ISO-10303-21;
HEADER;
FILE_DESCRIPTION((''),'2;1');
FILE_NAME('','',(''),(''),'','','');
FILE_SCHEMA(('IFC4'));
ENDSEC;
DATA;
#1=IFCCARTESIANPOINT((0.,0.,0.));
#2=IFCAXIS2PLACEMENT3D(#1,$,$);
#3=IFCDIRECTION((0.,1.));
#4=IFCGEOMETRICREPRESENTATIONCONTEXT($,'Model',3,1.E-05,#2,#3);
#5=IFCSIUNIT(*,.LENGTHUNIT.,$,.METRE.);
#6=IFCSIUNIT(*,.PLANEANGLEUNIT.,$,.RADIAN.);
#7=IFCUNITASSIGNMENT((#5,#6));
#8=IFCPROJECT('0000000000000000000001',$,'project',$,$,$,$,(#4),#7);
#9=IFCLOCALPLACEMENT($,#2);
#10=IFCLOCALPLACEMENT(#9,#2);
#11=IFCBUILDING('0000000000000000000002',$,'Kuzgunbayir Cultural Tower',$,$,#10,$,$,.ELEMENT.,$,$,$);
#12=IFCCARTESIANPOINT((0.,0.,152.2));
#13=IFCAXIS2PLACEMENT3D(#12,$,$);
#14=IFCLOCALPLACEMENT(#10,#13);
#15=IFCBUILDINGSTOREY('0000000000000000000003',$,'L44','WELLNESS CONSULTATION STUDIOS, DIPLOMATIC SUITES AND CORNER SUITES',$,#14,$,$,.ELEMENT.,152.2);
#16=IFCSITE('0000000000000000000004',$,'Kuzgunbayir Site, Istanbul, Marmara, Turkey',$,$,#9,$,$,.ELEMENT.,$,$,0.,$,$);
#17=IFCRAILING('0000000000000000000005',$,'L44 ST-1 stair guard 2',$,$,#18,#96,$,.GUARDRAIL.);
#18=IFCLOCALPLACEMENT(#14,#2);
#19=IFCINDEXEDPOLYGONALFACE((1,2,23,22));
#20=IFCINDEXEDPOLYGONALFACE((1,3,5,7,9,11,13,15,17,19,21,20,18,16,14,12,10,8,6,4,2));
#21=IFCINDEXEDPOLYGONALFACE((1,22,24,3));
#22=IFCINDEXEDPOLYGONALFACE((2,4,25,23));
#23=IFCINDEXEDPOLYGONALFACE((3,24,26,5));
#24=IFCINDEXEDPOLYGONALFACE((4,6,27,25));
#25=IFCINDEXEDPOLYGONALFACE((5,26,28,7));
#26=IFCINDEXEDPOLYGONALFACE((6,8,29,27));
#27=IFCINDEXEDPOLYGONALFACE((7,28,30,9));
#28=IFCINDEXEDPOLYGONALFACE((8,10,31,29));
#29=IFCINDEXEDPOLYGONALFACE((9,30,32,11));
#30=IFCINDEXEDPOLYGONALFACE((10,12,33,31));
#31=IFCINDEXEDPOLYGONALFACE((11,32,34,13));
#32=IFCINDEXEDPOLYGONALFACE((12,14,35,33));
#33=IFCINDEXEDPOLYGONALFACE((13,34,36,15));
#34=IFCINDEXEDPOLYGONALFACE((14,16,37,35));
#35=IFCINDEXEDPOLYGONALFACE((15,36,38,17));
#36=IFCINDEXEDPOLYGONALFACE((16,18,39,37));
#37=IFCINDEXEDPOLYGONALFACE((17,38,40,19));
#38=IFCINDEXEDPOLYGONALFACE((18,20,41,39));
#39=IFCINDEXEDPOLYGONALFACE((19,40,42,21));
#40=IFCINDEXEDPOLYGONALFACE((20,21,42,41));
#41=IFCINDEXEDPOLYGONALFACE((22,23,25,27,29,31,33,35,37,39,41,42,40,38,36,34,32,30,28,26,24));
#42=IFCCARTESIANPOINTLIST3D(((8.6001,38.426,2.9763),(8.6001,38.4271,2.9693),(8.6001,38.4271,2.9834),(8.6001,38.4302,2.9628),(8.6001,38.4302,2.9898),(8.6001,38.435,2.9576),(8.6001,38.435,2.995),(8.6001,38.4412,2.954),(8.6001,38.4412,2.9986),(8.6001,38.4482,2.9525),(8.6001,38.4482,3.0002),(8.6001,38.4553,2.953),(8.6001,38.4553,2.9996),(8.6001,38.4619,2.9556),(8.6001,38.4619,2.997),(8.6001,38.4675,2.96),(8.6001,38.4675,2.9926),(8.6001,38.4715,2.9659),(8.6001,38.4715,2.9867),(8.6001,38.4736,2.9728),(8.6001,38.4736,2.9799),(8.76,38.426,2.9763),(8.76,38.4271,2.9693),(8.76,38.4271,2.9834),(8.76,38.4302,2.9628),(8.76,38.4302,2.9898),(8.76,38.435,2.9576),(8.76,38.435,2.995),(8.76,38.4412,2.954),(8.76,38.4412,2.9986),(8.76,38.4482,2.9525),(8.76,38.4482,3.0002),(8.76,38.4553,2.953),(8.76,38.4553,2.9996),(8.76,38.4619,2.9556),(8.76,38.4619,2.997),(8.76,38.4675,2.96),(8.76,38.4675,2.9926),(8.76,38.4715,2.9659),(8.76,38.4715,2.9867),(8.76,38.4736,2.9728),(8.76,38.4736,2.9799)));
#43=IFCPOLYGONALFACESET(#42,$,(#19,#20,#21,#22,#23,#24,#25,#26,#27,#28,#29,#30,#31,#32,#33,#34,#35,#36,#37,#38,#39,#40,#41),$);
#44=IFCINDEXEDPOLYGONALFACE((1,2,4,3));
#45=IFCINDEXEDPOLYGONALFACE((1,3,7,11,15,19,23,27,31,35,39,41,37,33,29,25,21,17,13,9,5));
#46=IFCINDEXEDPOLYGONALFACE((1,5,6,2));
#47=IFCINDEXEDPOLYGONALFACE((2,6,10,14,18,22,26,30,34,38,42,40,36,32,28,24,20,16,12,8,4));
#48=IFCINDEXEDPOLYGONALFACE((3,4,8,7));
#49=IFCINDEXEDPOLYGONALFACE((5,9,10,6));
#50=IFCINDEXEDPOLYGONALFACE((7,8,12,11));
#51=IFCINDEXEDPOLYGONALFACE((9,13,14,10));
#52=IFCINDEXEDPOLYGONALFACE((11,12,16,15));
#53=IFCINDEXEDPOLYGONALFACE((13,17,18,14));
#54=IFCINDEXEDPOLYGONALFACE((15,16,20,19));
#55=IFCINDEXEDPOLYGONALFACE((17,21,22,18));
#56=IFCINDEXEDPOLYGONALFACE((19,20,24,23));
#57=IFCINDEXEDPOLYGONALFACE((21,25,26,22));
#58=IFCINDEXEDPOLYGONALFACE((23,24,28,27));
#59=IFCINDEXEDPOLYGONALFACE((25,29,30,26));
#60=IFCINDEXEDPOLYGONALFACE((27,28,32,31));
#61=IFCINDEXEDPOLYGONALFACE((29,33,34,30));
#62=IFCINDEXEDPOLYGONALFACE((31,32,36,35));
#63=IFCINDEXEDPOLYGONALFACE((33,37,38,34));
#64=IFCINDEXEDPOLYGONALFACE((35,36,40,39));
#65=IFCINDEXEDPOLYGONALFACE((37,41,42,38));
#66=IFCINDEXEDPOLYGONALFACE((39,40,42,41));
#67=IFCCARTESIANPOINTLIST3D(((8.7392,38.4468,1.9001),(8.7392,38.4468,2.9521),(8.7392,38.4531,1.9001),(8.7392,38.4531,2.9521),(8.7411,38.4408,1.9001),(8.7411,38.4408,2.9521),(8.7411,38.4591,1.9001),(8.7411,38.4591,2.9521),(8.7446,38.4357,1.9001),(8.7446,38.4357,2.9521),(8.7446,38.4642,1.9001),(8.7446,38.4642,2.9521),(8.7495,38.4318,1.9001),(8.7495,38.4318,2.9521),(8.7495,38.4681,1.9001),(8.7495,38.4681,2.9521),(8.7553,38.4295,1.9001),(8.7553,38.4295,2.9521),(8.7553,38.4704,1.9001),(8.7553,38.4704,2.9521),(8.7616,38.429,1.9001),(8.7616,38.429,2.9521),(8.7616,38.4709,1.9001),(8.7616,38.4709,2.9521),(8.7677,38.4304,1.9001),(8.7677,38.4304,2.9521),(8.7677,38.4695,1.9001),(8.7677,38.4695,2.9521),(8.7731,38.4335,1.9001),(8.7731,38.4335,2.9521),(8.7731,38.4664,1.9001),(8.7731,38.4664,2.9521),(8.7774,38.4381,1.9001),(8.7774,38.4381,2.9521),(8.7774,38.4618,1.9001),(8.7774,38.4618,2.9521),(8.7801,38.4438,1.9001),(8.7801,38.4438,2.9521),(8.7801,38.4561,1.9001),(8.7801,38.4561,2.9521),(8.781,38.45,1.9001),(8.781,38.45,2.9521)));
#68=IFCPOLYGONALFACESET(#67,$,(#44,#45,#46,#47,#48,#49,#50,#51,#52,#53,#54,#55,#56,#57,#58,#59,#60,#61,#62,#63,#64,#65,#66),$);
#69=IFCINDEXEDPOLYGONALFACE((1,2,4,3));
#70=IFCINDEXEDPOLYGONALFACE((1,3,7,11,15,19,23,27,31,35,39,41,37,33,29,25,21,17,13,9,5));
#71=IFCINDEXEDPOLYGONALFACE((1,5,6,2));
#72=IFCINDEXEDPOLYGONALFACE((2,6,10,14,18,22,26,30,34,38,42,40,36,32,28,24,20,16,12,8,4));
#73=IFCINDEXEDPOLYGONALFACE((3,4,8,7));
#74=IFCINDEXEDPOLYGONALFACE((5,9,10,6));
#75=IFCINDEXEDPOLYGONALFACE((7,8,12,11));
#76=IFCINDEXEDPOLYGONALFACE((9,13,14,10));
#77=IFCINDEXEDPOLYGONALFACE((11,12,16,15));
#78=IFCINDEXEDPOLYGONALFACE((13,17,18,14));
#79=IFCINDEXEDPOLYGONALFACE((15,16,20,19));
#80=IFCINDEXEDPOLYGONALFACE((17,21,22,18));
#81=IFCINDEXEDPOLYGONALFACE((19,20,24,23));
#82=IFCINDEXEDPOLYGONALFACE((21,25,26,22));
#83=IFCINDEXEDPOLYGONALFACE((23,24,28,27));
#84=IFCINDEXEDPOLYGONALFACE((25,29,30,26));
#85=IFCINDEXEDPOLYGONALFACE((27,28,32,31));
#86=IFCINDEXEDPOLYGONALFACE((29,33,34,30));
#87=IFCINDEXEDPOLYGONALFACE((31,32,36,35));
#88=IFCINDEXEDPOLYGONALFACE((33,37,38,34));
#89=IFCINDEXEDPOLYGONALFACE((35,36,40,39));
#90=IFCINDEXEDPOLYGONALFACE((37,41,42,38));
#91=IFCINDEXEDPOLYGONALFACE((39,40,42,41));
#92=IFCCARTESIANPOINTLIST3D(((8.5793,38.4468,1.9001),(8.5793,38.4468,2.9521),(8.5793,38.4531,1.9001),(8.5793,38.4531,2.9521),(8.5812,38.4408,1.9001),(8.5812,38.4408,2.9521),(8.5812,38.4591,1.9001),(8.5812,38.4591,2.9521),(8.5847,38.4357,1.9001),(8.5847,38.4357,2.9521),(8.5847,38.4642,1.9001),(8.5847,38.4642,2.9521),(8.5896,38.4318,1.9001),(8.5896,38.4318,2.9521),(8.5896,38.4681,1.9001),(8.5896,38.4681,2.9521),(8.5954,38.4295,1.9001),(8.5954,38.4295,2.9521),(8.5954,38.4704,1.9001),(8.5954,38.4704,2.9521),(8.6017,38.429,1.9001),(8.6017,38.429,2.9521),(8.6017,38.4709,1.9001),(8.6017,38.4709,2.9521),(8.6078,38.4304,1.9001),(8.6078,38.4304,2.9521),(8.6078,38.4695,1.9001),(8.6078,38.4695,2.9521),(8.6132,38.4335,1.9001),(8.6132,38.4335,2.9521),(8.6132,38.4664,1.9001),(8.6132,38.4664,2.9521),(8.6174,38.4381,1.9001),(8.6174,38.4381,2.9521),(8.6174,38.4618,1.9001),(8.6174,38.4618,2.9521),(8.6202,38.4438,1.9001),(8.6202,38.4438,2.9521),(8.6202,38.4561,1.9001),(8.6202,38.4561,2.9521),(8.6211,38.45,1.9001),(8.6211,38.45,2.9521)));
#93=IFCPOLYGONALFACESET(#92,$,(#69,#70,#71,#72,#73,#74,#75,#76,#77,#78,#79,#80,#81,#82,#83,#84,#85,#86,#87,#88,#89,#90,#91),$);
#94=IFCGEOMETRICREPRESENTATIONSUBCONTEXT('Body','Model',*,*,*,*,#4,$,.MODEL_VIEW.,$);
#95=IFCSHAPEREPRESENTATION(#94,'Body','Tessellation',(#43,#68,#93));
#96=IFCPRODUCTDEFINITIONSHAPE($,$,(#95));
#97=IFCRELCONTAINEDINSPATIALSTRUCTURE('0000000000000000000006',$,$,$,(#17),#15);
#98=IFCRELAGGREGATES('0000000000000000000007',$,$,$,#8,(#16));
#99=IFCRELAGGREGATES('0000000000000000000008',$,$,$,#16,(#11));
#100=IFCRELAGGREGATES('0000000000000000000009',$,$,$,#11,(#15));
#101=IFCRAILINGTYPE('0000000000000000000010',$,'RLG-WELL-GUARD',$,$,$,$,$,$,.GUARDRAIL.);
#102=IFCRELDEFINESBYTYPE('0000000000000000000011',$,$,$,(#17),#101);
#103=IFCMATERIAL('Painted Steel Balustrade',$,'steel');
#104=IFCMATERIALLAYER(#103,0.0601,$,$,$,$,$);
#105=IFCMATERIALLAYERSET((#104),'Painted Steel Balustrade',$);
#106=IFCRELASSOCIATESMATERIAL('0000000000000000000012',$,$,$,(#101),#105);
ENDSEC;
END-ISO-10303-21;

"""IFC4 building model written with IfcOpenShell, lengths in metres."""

from ifc_helpers import new_model, si_unit, direction, frame, origin, origin_2d, place, context, subcontext, project, spatial, circle, extrude, material, layer, layer_set, type_object, element, save


model = new_model("IFC4")

# Units and contexts
model_context = context("Model", 3, precision=1e-05, world=origin(), true_north=direction((0.0, 1.0)))
body_context = subcontext(model_context, "Body", "Model", "MODEL_VIEW")
ifc_project = project(units=[si_unit("LENGTHUNIT", "METRE"), si_unit("PLANEANGLEUNIT", "RADIAN")], contexts=[model_context])

# Site, building, storey
site_placement = place(None, origin())
site = spatial("IfcSite", under=ifc_project, at=site_placement, Name="Kuzgunbayir Site, Istanbul, Marmara, Turkey", CompositionType="ELEMENT", RefElevation=0.0)
building_placement = place(site_placement, origin())
building = spatial("IfcBuilding", under=site, at=building_placement, Name="Kuzgunbayir Cultural Tower", CompositionType="ELEMENT")
storey_placement = place(building_placement, frame((0.0, 0.0, 152.2)))
storey = spatial("IfcBuildingStorey", under=building, at=storey_placement, Name="L44", Description="WELLNESS CONSULTATION STUDIOS, DIPLOMATIC SUITES AND CORNER SUITES", CompositionType="ELEMENT", Elevation=152.2)

# Railing
ifc_material_1 = material(Name="Painted Steel Balustrade", Category="steel")
ifc_layer_1 = layer(ifc_material_1, 0.0601)
ifc_layer_set_1 = layer_set([ifc_layer_1], Name="Painted Steel Balustrade")
railing_type_1 = type_object("IfcRailingType", Name="RLG-WELL-GUARD", PredefinedType="GUARDRAIL", material=ifc_layer_set_1)
railing_1_placement = place(storey_placement, frame((8.76, 38.45, 1.9001)))
element("IfcRailing", 1, at=railing_1_placement, inside=storey, type_object=railing_type_1, Name="L44 ST-1 stair guard 2", PredefinedType="GUARDRAIL", context=body_context, shape_type="SweptSolid", body=[
    extrude(circle(Radius=0.0239, at=origin_2d()), frame((0.0, 0.0, 1.0762), z_axis=(-1.0, 0.0, 0.0), x_axis=(0.0, -1.0, 0.0)), (0.0, 0.0, 1.0), 0.1599),
    extrude(circle(Radius=0.021, at=origin_2d()), origin(), (0.0, 0.0, 1.0), 1.052),
    extrude(circle(Radius=0.021, at=origin_2d()), frame((-0.1599, 0.0, 0.0)), (0.0, 0.0, 1.0), 1.052),
])

save(model, "model.ifc")
